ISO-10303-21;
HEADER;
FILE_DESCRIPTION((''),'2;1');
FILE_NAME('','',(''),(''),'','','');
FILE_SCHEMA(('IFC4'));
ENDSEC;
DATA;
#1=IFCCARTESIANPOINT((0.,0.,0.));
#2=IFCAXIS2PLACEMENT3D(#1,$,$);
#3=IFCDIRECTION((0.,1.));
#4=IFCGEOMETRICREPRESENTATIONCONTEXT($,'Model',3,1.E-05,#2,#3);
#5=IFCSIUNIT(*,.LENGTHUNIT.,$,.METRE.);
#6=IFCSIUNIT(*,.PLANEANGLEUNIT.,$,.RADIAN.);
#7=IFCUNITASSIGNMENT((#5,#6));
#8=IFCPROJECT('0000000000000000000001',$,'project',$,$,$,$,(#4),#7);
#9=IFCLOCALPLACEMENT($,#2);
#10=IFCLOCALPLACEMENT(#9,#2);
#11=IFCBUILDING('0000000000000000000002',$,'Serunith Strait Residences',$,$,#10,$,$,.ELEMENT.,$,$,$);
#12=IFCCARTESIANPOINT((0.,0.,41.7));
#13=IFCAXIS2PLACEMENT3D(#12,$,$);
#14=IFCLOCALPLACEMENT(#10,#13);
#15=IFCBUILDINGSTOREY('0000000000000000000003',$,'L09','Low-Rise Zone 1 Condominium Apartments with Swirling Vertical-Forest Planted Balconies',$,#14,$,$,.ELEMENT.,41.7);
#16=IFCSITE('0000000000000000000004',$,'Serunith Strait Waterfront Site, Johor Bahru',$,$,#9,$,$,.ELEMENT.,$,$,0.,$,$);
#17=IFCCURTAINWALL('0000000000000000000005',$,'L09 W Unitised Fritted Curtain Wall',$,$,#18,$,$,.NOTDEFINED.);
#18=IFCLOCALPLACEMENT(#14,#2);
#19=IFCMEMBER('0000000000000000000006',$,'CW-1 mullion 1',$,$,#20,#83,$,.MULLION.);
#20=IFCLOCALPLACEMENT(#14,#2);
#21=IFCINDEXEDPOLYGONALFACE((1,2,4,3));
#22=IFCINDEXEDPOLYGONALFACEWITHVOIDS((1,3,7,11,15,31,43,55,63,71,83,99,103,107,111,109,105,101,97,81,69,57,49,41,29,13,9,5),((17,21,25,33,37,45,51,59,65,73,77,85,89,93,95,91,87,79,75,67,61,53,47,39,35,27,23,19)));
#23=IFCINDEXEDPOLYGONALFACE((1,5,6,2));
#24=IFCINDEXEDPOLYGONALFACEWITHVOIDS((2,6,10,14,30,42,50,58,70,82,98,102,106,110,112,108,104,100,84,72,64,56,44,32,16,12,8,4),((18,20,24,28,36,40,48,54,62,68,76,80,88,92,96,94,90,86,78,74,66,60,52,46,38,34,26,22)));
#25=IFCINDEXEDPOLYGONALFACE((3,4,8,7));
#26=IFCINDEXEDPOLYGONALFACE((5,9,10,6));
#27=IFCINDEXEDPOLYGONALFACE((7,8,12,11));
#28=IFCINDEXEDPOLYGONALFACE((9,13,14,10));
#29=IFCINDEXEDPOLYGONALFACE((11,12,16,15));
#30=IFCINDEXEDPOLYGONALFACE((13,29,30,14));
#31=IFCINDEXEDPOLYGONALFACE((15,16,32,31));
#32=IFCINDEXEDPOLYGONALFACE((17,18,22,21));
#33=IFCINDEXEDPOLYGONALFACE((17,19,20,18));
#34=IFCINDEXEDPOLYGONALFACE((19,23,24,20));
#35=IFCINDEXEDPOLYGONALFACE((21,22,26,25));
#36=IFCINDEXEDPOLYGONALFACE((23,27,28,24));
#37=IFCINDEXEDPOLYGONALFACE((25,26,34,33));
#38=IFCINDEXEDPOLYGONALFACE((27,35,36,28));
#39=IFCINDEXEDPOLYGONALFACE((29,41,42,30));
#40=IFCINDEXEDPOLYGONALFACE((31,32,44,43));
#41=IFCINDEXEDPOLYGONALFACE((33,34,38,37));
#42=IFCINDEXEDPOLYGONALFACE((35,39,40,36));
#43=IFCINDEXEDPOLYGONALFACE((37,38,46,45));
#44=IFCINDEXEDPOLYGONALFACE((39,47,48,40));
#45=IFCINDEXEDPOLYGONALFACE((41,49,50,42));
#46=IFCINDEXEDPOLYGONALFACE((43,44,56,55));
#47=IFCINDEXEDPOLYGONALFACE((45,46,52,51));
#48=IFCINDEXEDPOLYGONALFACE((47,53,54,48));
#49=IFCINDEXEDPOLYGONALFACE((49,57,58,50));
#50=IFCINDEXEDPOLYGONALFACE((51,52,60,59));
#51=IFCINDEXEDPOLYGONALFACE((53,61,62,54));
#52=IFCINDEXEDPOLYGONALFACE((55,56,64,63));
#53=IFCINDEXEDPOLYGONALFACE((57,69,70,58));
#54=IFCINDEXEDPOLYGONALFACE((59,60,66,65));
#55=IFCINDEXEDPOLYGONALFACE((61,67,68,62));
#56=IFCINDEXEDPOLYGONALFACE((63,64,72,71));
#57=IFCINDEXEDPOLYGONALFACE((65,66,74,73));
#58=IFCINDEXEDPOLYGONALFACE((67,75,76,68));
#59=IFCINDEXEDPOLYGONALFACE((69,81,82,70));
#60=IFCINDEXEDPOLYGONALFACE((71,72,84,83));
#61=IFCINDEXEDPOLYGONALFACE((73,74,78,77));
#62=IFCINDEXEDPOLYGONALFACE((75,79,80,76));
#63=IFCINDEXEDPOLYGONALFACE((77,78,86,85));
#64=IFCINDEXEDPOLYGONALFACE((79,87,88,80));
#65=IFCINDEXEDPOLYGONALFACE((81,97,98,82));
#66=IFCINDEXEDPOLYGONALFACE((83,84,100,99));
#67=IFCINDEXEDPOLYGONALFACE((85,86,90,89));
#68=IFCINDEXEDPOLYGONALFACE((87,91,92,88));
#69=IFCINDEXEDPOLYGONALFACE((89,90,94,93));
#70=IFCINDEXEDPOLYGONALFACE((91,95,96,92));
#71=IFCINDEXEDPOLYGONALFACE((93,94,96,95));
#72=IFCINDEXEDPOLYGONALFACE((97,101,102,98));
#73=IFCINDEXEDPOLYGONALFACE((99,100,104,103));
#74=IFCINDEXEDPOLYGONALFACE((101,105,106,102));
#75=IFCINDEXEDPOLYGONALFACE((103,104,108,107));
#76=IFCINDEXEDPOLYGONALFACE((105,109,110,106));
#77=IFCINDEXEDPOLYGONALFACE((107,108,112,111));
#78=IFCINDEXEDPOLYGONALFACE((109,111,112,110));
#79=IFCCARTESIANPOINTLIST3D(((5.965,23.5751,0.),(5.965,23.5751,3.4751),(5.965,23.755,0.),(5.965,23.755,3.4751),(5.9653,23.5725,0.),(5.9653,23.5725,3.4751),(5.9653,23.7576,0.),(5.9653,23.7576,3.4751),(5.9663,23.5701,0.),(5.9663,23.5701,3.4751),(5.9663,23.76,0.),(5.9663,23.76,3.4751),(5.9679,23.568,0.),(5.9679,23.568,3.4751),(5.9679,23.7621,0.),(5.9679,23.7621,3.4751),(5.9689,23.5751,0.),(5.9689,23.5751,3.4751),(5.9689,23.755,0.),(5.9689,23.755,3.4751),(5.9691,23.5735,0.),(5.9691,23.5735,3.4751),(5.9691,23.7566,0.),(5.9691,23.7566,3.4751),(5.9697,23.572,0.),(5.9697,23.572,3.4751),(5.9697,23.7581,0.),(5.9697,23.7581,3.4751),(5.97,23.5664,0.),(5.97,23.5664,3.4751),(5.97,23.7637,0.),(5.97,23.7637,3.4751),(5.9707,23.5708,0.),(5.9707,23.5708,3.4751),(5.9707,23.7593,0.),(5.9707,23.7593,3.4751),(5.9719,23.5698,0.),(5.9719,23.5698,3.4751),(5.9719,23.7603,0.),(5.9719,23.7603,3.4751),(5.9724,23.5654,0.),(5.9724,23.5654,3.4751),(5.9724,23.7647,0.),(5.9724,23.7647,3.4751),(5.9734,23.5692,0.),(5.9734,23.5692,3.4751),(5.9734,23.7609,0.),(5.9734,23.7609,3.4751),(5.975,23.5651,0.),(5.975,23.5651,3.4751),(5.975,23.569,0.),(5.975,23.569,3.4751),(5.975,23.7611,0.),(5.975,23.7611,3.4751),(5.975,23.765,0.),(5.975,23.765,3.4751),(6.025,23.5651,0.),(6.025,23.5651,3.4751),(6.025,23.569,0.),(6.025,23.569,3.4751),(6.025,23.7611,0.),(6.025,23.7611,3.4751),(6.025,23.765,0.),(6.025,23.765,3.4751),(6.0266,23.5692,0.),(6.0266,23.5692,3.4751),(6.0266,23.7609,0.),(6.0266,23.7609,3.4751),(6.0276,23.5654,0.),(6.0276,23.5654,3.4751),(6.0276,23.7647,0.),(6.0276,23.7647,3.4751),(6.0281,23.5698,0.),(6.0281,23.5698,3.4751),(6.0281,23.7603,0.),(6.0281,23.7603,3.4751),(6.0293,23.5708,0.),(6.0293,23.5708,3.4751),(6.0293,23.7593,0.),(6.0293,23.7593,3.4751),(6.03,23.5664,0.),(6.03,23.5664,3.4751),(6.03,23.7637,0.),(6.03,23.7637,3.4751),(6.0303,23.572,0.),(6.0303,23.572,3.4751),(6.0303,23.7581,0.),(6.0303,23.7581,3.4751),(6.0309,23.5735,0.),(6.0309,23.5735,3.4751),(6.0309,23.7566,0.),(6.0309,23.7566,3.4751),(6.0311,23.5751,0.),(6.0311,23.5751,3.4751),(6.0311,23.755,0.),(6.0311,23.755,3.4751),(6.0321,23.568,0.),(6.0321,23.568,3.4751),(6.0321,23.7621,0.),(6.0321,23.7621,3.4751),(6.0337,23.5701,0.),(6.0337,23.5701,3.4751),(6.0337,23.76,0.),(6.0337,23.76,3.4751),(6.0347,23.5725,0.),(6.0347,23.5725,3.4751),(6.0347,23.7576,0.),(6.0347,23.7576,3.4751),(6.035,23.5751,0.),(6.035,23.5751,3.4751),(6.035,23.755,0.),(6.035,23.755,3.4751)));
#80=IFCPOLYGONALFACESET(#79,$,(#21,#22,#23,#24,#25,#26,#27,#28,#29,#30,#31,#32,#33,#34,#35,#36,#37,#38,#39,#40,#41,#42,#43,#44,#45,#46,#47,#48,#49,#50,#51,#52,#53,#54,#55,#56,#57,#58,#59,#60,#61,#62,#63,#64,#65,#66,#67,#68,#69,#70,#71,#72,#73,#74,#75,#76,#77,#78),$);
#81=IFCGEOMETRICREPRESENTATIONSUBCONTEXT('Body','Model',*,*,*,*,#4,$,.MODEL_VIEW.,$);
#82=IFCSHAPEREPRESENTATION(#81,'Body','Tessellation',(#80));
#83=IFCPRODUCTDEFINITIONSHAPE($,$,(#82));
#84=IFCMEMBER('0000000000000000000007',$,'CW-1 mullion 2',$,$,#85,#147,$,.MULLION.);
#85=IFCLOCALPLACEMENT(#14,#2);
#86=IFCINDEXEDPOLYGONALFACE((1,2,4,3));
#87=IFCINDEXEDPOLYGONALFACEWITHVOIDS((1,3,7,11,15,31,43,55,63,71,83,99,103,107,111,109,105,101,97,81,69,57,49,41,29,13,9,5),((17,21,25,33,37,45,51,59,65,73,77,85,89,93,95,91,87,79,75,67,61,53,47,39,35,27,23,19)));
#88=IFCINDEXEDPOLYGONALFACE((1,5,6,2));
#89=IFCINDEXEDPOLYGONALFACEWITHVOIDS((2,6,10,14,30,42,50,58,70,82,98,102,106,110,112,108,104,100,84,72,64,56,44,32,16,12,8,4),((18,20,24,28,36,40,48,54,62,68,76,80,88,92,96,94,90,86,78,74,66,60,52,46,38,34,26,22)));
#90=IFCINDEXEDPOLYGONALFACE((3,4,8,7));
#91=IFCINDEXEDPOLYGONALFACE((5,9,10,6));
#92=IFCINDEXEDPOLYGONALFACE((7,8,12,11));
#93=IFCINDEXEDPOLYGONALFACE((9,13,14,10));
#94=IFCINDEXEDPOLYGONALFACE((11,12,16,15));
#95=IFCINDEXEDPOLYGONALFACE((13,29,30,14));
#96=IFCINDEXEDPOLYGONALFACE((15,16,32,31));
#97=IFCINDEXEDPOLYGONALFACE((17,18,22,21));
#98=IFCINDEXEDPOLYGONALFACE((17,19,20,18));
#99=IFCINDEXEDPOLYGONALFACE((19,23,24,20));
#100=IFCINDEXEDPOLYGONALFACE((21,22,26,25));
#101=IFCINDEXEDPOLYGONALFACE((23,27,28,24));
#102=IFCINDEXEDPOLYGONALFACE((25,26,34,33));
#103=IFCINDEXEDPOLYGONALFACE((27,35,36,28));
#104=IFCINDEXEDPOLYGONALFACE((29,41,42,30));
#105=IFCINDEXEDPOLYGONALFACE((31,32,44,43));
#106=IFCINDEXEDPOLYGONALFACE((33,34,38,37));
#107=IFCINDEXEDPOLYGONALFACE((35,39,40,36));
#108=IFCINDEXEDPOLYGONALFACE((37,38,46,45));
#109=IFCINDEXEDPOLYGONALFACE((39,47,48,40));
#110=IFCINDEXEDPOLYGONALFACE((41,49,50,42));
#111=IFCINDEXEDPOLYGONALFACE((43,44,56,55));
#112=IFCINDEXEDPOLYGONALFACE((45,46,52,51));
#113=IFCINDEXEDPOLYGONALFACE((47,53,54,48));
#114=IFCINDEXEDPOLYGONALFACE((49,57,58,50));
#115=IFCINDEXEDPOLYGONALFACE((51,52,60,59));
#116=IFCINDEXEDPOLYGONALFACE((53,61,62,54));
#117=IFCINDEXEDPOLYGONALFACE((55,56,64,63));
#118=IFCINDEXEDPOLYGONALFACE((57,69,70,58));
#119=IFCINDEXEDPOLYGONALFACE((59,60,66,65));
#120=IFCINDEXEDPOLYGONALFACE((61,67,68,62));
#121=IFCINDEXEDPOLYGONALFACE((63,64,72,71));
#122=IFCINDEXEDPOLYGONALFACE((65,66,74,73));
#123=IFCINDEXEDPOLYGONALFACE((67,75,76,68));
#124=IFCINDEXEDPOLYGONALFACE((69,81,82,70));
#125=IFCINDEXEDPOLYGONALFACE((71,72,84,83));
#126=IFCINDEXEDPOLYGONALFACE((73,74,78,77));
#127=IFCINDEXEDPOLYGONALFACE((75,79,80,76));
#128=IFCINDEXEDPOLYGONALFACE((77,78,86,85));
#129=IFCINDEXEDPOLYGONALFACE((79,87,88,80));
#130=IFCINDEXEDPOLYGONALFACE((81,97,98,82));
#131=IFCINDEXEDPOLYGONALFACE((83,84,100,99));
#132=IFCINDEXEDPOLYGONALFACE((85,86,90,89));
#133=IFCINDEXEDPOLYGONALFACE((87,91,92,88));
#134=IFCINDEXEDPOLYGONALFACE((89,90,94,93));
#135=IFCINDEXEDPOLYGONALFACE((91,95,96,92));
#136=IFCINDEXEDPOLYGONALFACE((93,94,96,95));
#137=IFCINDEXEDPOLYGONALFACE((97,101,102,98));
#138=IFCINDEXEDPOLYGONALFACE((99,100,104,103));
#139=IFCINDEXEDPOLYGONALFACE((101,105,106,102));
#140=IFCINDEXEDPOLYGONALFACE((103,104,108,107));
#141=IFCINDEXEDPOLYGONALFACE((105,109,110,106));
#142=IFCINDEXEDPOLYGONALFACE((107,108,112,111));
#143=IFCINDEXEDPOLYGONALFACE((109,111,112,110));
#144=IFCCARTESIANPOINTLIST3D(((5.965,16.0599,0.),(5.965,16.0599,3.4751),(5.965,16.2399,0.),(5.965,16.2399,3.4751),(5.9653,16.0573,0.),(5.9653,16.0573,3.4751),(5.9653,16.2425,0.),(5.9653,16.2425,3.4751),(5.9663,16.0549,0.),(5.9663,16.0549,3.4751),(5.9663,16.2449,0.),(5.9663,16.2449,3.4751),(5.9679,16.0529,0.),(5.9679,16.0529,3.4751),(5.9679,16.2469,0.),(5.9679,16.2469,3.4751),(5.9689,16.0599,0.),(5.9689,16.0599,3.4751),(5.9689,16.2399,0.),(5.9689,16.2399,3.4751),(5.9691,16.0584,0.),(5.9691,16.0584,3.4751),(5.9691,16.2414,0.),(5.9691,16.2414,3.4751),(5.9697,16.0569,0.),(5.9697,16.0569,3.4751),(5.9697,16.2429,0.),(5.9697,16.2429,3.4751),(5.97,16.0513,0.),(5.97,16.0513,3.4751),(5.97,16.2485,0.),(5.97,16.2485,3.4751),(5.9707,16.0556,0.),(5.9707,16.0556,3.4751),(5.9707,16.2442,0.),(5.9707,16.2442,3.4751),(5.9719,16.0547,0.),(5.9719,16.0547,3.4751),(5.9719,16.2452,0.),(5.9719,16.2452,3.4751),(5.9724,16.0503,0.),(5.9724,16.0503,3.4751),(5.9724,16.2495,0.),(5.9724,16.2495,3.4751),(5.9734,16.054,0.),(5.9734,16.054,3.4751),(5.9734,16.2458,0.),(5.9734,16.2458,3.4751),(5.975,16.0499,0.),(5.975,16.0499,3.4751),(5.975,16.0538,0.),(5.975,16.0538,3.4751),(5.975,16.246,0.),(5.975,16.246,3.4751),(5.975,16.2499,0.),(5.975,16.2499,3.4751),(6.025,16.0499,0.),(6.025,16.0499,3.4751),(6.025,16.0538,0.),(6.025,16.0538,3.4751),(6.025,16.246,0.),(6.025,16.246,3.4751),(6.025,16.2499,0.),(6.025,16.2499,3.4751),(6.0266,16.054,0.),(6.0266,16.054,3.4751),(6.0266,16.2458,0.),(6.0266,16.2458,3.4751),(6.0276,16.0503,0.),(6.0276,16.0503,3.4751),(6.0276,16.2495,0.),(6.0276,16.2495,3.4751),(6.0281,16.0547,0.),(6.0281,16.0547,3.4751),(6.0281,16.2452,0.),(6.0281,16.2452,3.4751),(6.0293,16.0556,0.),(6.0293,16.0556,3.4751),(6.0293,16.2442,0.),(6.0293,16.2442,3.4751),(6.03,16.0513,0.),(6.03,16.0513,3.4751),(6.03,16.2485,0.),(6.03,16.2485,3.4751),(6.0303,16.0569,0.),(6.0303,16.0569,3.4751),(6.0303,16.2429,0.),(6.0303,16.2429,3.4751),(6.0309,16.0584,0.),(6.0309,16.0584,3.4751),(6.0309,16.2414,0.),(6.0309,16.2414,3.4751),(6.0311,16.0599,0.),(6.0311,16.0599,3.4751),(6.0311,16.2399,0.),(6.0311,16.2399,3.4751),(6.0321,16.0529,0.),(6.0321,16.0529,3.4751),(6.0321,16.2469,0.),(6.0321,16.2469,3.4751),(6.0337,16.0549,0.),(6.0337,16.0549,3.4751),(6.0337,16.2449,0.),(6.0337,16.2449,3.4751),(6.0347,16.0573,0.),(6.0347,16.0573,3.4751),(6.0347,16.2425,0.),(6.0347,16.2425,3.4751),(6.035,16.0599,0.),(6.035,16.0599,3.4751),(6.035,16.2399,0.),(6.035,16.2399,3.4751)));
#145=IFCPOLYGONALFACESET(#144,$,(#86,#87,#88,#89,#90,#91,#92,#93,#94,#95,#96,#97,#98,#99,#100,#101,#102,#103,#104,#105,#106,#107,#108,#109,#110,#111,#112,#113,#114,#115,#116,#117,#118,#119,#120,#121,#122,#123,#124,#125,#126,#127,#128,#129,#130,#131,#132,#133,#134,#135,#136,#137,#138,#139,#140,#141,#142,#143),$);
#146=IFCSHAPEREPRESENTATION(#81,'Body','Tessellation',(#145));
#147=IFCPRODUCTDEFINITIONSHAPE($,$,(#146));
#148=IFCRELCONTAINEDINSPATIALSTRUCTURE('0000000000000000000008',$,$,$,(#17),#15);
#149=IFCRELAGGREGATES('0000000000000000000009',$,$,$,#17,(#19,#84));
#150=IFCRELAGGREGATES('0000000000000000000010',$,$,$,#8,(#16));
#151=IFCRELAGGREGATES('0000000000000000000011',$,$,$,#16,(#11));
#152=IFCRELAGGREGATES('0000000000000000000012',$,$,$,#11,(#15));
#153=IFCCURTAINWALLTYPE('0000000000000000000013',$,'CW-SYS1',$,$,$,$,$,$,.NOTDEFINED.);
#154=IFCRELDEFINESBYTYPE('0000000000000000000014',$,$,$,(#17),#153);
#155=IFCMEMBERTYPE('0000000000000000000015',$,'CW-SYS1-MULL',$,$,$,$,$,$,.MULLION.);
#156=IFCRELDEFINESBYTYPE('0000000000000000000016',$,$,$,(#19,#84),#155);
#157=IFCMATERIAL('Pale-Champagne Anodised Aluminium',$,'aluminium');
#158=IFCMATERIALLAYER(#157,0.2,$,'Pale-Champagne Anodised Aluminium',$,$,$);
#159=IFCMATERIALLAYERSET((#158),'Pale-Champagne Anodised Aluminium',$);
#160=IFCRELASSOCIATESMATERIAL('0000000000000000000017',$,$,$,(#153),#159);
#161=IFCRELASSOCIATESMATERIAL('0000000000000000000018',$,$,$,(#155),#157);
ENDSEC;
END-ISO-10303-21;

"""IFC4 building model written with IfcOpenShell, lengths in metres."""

from ifc_helpers import new_model, si_unit, direction, frame, origin, origin_2d, place, context, subcontext, project, spatial, hollow_rectangle, extrude, source, transform, mapped, material, layer, layer_set, material_profile, profile_set, type_object, element, aggregate, save


model = new_model("IFC4")

# Units and contexts
model_context = context("Model", 3, precision=1e-05, world=origin(), true_north=direction((0.0, 1.0)))
body_context = subcontext(model_context, "Body", "Model", "MODEL_VIEW")
ifc_project = project(units=[si_unit("LENGTHUNIT", "METRE"), si_unit("PLANEANGLEUNIT", "RADIAN")], contexts=[model_context])

# Site, building, storey
site_placement = place(None, origin())
site = spatial("IfcSite", under=ifc_project, at=site_placement, Name="Serunith Strait Waterfront Site, Johor Bahru", CompositionType="ELEMENT", RefElevation=0.0)
building_placement = place(site_placement, origin())
building = spatial("IfcBuilding", under=site, at=building_placement, Name="Serunith Strait Residences", CompositionType="ELEMENT")
storey_placement = place(building_placement, frame((0.0, 0.0, 41.7)))
storey = spatial("IfcBuildingStorey", under=building, at=storey_placement, Name="L09", Description="Low-Rise Zone 1 Condominium Apartments with Swirling Vertical-Forest Planted Balconies", CompositionType="ELEMENT", Elevation=41.7)

# Curtain wall, members
ifc_material_1 = material(Name="Pale-Champagne Anodised Aluminium", Category="aluminium")
ifc_layer_1 = layer(ifc_material_1, 0.2, Name="Pale-Champagne Anodised Aluminium")
ifc_layer_set_1 = layer_set([ifc_layer_1], Name="Pale-Champagne Anodised Aluminium")
curtain_wall_type = type_object("IfcCurtainWallType", Name="CW-SYS1", PredefinedType="NOTDEFINED", material=ifc_layer_set_1)
curtain_wall_placement = place(storey_placement, origin())
curtain_wall = element("IfcCurtainWall", 1, at=curtain_wall_placement, inside=storey, type_object=curtain_wall_type, Name="L09 W Unitised Fritted Curtain Wall", PredefinedType="NOTDEFINED")
ifc_material_profile_1 = material_profile(ifc_material_1, hollow_rectangle(XDim=0.0701, YDim=0.2, WallThickness=0.0039, InnerFilletRadius=0.0061, OuterFilletRadius=0.01, at=origin_2d()), Name="ALU 200x70x4")
ifc_profile_set_1 = profile_set([ifc_material_profile_1], Name="Pale-Champagne Anodised Aluminium")
member_type_1 = type_object("IfcMemberType", Name="CW-SYS1-MULL", PredefinedType="MULLION", material=ifc_profile_set_1)
shared_shape_1 = source(origin(), body_context, "Body", "SweptSolid", [
    extrude(hollow_rectangle(XDim=0.0701, YDim=0.2, WallThickness=0.0039, InnerFilletRadius=0.0061, OuterFilletRadius=0.01, at=origin_2d()), origin(), (0.0, 0.0, 1.0), 3.4751),
])
member_1_placement = place(storey_placement, frame((6.0, 23.665, 0.0), z_axis=(0.0, 0.0, 1.0), x_axis=(1.0, 0.0, 0.0)))
member_1 = element("IfcMember", 2, at=member_1_placement, type_object=member_type_1, Name="CW-1 mullion 1", PredefinedType="MULLION", context=body_context, shape_type="MappedRepresentation", body=[
    mapped(shared_shape_1, transform((0.0, 0.0, 0.0), scale=1.0)),
])
member_2_placement = place(storey_placement, frame((6.0, 16.1499, 0.0), z_axis=(0.0, 0.0, 1.0), x_axis=(1.0, 0.0, 0.0)))
member_2 = element("IfcMember", 3, at=member_2_placement, type_object=member_type_1, Name="CW-1 mullion 2", PredefinedType="MULLION", context=body_context, shape_type="MappedRepresentation", body=[
    mapped(shared_shape_1, transform((0.0, 0.0, 0.0), scale=1.0)),
])
aggregate(curtain_wall, [member_1, member_2])

save(model, "model.ifc")
